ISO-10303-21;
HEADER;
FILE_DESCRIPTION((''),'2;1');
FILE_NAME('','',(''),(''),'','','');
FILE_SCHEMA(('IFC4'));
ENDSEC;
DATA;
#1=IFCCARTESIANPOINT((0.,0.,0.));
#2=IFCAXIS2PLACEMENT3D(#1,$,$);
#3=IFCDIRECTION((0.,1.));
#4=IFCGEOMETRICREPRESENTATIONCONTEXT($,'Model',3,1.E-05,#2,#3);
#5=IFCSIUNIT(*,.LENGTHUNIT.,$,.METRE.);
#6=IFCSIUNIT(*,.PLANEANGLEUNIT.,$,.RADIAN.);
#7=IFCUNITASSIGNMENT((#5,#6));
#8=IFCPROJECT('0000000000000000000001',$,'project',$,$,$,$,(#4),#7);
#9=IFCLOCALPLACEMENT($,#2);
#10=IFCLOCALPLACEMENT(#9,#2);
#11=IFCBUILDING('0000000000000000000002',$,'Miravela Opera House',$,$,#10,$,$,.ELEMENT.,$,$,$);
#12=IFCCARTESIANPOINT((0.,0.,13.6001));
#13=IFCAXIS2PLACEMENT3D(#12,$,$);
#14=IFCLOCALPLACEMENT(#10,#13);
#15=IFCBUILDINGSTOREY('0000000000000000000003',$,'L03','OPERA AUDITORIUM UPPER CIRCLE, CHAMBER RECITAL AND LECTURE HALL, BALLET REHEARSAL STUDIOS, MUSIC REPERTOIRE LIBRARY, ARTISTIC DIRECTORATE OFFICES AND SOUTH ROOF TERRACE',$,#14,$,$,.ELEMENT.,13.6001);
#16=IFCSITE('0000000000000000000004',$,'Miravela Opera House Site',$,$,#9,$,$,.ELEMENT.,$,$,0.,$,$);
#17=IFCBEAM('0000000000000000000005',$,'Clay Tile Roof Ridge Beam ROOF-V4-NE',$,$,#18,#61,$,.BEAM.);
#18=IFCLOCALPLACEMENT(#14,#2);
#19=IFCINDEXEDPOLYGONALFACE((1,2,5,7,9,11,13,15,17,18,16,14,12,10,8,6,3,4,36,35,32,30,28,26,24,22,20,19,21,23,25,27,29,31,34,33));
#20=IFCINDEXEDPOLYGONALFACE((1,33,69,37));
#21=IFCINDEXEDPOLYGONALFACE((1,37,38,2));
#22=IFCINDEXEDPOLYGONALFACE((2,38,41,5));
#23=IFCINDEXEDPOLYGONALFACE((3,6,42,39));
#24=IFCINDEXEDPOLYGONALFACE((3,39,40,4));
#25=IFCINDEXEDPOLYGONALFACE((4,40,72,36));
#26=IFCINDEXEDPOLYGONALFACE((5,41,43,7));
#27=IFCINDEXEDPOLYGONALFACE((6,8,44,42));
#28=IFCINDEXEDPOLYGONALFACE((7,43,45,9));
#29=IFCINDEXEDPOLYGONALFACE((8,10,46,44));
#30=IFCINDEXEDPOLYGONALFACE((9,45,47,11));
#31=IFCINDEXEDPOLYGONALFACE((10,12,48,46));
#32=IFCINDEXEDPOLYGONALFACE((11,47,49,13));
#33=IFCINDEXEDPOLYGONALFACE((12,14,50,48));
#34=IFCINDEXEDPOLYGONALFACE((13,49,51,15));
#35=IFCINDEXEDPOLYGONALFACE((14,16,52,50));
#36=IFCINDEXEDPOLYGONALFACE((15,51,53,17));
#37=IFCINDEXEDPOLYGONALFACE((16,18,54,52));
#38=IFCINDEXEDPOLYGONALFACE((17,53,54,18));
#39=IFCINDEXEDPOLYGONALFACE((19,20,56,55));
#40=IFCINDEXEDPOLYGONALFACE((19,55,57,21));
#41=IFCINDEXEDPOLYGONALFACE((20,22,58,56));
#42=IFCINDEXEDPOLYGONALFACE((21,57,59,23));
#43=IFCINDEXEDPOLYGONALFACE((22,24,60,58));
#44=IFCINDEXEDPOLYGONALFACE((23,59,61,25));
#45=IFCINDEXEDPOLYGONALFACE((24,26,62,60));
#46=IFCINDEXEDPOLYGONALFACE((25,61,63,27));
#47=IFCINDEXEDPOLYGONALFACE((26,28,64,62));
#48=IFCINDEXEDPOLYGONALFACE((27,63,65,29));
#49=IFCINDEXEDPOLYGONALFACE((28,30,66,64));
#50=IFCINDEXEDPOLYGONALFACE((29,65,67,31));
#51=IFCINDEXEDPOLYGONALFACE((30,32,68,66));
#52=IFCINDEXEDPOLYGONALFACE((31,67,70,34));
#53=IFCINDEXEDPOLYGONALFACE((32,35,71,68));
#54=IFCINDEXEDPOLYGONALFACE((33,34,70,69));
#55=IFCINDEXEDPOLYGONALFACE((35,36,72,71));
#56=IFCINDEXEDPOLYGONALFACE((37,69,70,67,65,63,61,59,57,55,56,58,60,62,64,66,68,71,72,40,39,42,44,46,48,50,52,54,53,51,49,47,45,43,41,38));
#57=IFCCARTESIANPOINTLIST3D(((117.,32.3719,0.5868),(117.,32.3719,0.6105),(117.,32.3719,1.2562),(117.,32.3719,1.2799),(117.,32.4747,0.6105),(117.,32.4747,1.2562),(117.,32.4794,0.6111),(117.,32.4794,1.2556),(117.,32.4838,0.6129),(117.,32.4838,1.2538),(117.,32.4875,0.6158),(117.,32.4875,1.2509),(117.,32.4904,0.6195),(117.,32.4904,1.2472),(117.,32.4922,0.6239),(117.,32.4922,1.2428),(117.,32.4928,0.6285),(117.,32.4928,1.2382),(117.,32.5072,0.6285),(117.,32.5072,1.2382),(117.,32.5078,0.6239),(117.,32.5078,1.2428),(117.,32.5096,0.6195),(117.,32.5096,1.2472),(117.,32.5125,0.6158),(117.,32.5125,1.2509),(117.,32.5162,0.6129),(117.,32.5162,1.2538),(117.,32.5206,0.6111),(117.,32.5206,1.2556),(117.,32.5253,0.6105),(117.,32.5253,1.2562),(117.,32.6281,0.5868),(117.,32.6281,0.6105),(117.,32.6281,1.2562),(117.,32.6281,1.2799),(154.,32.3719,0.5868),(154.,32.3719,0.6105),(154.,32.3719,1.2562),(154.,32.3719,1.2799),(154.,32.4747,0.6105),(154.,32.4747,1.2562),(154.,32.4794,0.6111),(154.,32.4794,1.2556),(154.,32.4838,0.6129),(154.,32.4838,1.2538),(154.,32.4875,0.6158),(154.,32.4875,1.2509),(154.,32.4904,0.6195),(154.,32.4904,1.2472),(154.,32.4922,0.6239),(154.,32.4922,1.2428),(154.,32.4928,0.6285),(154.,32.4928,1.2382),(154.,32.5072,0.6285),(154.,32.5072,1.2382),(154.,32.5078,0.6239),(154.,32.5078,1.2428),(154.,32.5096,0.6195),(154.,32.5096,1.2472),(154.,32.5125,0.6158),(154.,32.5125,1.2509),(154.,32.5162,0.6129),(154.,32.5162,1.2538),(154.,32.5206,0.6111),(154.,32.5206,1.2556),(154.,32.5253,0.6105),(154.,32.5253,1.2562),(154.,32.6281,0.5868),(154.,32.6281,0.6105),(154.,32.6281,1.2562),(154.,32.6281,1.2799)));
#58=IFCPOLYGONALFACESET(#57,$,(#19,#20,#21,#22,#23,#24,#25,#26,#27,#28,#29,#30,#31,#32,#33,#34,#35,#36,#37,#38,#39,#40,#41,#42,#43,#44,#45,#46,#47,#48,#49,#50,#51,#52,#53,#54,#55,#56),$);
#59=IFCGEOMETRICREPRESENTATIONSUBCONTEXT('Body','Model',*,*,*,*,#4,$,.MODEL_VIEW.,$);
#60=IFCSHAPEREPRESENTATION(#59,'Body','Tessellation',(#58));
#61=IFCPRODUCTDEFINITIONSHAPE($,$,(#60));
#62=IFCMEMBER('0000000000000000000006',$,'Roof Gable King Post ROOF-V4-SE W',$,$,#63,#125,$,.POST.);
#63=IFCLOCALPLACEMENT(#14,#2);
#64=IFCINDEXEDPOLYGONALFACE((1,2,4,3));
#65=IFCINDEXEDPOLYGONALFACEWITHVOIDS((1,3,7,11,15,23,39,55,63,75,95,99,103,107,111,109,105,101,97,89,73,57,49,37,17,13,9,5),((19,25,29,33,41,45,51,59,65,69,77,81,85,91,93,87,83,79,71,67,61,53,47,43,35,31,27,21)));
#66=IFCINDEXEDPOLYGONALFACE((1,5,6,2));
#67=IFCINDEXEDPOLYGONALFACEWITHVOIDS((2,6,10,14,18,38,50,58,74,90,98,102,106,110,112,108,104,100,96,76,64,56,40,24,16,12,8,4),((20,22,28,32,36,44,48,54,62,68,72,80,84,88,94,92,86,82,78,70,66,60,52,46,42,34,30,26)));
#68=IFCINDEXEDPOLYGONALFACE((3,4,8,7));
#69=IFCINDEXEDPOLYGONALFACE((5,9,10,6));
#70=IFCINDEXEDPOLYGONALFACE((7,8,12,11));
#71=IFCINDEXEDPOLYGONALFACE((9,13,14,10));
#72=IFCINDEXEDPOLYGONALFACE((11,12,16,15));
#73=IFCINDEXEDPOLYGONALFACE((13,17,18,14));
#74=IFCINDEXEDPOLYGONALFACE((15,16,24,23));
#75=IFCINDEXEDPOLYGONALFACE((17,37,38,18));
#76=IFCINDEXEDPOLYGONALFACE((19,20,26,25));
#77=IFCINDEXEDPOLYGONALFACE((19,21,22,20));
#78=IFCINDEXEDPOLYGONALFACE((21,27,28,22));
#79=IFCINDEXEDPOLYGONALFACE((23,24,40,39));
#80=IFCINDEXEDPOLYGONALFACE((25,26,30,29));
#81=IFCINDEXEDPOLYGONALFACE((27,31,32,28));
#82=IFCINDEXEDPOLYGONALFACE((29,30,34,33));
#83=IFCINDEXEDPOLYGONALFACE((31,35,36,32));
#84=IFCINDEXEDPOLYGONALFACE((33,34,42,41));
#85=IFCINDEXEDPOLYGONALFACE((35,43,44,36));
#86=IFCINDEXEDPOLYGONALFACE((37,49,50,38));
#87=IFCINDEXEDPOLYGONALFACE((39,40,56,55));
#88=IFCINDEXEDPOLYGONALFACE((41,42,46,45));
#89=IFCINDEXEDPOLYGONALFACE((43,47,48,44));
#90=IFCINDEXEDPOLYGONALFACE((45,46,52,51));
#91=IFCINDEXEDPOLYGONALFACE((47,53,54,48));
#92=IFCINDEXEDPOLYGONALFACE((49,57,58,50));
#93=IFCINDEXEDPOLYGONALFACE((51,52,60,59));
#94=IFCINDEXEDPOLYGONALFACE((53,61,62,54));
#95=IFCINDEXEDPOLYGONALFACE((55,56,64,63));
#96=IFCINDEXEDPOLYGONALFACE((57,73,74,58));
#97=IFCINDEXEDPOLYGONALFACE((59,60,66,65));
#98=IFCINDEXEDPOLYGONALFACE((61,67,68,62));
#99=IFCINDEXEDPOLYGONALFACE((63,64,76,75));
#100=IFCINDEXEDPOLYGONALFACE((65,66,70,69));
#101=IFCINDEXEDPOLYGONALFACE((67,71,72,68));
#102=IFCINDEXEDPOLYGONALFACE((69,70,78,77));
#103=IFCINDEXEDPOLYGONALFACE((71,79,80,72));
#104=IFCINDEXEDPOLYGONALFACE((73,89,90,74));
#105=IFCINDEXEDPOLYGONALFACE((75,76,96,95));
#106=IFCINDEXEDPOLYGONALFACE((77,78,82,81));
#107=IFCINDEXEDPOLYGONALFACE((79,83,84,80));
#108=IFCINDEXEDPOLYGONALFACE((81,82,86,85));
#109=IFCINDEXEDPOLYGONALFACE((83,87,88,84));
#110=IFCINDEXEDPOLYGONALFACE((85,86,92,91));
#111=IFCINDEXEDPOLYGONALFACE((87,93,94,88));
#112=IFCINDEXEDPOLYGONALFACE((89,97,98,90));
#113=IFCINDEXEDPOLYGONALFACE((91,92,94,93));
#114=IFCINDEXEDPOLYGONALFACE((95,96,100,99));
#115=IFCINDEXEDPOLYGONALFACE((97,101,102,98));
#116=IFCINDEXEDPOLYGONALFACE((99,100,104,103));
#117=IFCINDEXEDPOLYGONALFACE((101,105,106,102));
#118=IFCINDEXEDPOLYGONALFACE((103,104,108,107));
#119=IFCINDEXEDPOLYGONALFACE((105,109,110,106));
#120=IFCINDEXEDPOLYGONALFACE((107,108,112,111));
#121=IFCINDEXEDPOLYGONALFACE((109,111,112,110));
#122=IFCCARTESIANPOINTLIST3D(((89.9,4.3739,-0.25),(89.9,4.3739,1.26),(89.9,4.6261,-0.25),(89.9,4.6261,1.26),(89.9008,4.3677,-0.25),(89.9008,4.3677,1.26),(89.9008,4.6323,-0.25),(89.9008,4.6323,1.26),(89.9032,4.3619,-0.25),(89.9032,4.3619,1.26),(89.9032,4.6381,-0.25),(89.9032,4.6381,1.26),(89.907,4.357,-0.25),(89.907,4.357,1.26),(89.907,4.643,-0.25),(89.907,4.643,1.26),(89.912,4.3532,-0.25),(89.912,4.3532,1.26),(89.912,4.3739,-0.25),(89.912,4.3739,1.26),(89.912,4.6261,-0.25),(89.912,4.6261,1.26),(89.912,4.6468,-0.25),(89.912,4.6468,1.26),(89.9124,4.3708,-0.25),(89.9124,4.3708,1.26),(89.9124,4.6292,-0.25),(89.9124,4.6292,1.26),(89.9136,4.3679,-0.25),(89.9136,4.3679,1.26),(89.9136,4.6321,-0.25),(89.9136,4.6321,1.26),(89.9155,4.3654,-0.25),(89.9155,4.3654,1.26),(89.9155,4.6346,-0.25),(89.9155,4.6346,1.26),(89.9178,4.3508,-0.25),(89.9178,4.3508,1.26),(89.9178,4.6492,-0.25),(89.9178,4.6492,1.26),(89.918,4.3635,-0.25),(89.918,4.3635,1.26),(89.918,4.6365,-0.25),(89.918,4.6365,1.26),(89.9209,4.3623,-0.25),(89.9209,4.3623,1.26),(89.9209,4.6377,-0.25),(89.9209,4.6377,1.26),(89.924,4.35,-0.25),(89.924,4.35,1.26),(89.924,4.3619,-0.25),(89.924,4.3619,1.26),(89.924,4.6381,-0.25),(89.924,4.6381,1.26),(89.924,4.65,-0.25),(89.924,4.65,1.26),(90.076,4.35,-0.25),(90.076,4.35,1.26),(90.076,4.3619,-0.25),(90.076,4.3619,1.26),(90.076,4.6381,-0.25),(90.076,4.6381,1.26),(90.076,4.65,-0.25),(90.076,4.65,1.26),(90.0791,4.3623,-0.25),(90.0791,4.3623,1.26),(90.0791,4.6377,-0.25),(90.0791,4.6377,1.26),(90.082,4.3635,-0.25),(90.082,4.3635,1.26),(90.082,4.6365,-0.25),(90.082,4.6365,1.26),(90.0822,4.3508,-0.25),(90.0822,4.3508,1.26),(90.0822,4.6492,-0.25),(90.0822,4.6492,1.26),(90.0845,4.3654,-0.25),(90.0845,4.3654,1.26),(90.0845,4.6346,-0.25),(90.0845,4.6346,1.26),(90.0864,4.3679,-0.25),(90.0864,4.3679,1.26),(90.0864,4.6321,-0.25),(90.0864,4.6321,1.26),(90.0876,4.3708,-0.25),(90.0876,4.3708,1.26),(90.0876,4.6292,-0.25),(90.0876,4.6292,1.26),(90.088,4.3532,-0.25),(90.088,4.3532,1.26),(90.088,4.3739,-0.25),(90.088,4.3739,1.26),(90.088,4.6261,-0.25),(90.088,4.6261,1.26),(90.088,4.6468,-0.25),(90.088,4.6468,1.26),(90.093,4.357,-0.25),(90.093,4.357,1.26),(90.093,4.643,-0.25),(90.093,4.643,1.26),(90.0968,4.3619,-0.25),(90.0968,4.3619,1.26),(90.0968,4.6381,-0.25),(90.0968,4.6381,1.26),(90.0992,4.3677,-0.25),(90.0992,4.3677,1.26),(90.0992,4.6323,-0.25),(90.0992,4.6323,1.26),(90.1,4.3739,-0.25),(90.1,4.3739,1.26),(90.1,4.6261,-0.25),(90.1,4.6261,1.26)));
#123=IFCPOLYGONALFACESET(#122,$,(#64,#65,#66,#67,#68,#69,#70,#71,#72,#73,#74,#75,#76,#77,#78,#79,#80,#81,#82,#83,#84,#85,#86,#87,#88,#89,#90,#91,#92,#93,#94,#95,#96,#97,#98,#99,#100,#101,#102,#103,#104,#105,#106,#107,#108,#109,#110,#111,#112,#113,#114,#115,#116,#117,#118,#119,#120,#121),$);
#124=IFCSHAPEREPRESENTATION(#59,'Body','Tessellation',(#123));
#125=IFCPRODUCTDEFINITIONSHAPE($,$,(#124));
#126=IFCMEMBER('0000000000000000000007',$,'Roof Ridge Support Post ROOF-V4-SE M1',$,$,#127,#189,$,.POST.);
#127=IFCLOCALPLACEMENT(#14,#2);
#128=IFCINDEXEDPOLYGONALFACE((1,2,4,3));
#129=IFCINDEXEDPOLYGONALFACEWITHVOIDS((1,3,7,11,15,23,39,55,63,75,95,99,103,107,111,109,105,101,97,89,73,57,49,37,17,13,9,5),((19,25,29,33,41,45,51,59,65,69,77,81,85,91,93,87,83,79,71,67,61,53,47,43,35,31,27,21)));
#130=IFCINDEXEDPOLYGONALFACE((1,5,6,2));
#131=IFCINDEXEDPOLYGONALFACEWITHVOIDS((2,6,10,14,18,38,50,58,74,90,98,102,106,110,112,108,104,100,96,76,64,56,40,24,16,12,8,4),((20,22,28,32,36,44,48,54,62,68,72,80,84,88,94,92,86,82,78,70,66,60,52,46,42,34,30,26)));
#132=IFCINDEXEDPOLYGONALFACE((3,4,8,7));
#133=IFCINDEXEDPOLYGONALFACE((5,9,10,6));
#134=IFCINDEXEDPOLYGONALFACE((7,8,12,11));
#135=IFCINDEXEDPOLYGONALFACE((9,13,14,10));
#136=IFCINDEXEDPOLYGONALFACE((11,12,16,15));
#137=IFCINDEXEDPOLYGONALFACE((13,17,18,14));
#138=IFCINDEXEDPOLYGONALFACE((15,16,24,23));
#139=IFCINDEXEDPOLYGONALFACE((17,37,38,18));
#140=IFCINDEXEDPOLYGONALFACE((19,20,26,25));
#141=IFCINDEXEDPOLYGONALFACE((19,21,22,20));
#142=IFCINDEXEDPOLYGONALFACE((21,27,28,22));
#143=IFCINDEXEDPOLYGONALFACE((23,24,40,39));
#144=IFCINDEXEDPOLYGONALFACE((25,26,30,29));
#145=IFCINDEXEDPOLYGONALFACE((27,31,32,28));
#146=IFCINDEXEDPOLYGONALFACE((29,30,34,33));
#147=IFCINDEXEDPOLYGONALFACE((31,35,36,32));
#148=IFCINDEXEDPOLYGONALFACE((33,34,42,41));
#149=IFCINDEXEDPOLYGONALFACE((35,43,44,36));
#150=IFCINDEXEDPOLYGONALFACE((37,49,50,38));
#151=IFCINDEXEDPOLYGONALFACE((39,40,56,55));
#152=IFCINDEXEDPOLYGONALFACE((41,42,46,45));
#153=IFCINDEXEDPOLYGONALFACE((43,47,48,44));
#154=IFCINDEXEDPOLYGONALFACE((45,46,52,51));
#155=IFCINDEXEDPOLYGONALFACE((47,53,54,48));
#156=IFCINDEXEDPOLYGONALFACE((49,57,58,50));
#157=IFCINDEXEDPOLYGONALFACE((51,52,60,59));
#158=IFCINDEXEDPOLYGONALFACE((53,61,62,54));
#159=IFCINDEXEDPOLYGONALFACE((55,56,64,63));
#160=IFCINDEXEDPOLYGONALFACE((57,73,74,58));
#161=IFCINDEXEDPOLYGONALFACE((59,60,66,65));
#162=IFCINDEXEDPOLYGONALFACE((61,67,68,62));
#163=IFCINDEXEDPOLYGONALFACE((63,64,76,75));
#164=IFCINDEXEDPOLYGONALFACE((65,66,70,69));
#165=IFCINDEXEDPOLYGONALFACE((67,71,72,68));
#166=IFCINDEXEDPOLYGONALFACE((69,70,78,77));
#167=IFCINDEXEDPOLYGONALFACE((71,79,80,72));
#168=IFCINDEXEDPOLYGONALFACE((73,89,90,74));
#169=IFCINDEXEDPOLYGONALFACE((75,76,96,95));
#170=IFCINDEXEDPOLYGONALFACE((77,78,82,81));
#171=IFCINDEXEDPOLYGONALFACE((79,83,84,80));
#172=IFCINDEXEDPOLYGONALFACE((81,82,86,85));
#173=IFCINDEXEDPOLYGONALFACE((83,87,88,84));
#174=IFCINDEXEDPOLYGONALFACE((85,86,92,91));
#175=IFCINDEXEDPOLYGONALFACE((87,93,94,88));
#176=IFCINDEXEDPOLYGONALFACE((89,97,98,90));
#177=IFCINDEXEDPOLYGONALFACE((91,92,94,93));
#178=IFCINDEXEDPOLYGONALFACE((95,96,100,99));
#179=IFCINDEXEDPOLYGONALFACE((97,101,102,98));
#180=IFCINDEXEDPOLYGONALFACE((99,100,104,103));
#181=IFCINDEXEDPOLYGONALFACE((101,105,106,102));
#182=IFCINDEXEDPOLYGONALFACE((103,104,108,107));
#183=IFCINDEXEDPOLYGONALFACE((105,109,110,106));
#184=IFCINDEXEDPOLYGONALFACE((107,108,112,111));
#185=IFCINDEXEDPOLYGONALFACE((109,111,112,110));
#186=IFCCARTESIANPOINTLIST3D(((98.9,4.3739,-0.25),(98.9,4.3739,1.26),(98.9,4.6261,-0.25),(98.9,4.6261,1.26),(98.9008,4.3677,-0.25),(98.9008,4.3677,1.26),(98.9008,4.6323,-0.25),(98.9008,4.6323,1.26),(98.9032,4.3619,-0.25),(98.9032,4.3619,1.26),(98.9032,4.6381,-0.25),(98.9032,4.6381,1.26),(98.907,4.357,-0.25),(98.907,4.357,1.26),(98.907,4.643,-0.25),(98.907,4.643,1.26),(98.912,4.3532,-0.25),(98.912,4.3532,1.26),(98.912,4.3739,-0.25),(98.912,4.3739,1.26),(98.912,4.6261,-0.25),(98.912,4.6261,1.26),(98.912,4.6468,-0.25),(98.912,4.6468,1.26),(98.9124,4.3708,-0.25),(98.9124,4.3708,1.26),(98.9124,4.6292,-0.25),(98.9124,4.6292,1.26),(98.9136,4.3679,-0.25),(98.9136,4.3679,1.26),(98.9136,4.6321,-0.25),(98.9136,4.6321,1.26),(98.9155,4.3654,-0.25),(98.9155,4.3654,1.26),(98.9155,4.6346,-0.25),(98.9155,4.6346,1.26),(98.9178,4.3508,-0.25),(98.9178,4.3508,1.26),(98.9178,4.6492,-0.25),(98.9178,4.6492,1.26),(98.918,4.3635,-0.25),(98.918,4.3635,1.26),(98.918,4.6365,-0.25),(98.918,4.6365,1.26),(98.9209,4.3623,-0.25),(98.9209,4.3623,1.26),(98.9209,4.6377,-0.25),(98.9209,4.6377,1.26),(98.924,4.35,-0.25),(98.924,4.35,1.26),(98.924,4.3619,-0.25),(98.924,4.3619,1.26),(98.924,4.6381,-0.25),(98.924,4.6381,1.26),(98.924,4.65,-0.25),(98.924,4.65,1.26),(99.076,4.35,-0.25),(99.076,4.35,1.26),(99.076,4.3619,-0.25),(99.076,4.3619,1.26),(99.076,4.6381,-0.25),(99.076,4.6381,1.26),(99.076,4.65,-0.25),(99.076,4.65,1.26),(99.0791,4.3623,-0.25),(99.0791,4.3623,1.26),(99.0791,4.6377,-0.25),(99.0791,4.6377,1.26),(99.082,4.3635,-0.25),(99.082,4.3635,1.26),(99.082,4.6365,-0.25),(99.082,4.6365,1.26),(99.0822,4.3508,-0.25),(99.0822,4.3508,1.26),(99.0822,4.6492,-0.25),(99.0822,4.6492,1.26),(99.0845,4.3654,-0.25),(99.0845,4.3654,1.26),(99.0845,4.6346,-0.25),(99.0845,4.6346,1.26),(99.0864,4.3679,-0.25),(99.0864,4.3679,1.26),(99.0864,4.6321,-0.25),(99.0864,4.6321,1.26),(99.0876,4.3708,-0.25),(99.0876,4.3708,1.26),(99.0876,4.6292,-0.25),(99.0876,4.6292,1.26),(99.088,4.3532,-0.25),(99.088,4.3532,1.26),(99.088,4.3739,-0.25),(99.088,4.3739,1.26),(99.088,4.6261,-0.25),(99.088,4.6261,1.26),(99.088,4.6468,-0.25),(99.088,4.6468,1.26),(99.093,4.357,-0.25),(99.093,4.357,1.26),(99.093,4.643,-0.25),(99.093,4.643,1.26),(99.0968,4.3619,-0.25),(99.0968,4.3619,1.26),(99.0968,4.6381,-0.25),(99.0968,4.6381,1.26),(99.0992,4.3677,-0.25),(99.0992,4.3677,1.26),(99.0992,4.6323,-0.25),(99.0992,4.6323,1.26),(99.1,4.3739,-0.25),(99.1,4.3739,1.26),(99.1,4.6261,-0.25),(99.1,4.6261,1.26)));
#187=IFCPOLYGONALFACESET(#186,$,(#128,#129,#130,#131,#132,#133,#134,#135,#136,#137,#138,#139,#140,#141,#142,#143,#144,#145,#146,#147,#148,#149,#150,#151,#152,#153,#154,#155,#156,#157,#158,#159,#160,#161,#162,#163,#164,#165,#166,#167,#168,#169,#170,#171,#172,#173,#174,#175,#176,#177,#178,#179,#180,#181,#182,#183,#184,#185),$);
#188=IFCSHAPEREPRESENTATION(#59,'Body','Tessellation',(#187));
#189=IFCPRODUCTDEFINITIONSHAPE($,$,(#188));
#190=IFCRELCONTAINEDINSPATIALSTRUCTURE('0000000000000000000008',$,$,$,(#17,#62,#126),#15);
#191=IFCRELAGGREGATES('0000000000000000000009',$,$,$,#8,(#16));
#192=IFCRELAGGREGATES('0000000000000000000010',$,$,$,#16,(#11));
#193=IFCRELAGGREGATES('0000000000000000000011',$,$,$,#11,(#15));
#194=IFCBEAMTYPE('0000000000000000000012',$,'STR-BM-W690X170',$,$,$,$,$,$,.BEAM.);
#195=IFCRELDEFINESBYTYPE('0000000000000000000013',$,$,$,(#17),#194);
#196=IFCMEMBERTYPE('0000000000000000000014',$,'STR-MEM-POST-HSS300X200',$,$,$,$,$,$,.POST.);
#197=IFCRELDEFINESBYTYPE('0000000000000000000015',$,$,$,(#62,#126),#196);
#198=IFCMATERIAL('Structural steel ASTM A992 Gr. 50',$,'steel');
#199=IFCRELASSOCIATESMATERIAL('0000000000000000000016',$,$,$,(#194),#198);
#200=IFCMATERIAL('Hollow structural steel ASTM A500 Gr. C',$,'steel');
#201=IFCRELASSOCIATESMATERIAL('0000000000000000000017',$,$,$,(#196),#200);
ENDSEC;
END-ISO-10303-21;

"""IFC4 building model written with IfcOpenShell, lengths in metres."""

from ifc_helpers import new_model, si_unit, direction, frame, origin, origin_2d, place, context, subcontext, project, spatial, hollow_rectangle, i_section, extrude, material, material_profile, profile_set, type_object, element, save


model = new_model("IFC4")

# Units and contexts
model_context = context("Model", 3, precision=1e-05, world=origin(), true_north=direction((0.0, 1.0)))
body_context = subcontext(model_context, "Body", "Model", "MODEL_VIEW")
ifc_project = project(units=[si_unit("LENGTHUNIT", "METRE"), si_unit("PLANEANGLEUNIT", "RADIAN")], contexts=[model_context])

# Site, building, storey
site_placement = place(None, origin())
site = spatial("IfcSite", under=ifc_project, at=site_placement, Name="Miravela Opera House Site", CompositionType="ELEMENT", RefElevation=0.0)
building_placement = place(site_placement, origin())
building = spatial("IfcBuilding", under=site, at=building_placement, Name="Miravela Opera House", CompositionType="ELEMENT")
storey_placement = place(building_placement, frame((0.0, 0.0, 13.6001)))
storey = spatial("IfcBuildingStorey", under=building, at=storey_placement, Name="L03", Description="OPERA AUDITORIUM UPPER CIRCLE, CHAMBER RECITAL AND LECTURE HALL, BALLET REHEARSAL STUDIOS, MUSIC REPERTOIRE LIBRARY, ARTISTIC DIRECTORATE OFFICES AND SOUTH ROOF TERRACE", CompositionType="ELEMENT", Elevation=13.6001)

# Beam
ifc_material_1 = material(Name="Structural steel ASTM A992 Gr. 50", Category="steel")
ifc_material_profile_1 = material_profile(ifc_material_1, i_section(OverallWidth=0.2561, OverallDepth=0.6931, WebThickness=0.0144, FlangeThickness=0.0237, FilletRadius=0.0181, at=origin_2d()), Name="W690X170")
ifc_profile_set_1 = profile_set([ifc_material_profile_1])
beam_type_1 = type_object("IfcBeamType", Name="STR-BM-W690X170", PredefinedType="BEAM", material=ifc_profile_set_1)
beam_1_placement = place(storey_placement, frame((117.0, 32.5, 0.9333), z_axis=(1.0, 0.0, 0.0), x_axis=(0.0, 1.0, 0.0)))
element("IfcBeam", 1, at=beam_1_placement, inside=storey, type_object=beam_type_1, Name="Clay Tile Roof Ridge Beam ROOF-V4-NE", PredefinedType="BEAM", context=body_context, shape_type="SweptSolid", body=[
    extrude(i_section(OverallWidth=0.2561, OverallDepth=0.6931, WebThickness=0.0144, FlangeThickness=0.0237, FilletRadius=0.0181, at=origin_2d()), origin(), (0.0, 0.0, 1.0), 37.0),
])

# Members
ifc_material_2 = material(Name="Hollow structural steel ASTM A500 Gr. C", Category="steel")
ifc_material_profile_2 = material_profile(ifc_material_2, hollow_rectangle(XDim=0.2, YDim=0.3, WallThickness=0.012, InnerFilletRadius=0.012, OuterFilletRadius=0.0239, at=origin_2d()), Name="HSS300X200X12")
ifc_profile_set_2 = profile_set([ifc_material_profile_2])
member_type_1 = type_object("IfcMemberType", Name="STR-MEM-POST-HSS300X200", PredefinedType="POST", material=ifc_profile_set_2)
for number, where, z_axis, x_axis, name in (
    (2, (90.0, 4.5, -0.25), (0.0, 0.0, 1.0), (1.0, 0.0, 0.0), "Roof Gable King Post ROOF-V4-SE W"),
    (3, (99.0, 4.5, -0.25), (0.0, 0.0, 1.0), (1.0, 0.0, 0.0), "Roof Ridge Support Post ROOF-V4-SE M1"),
):
    element("IfcMember", number, at=place(storey_placement, frame(where, z_axis=z_axis, x_axis=x_axis)), inside=storey, type_object=member_type_1, Name=name, PredefinedType="POST", context=body_context, shape_type="SweptSolid", body=[
        extrude(hollow_rectangle(XDim=0.2, YDim=0.3, WallThickness=0.012, InnerFilletRadius=0.012, OuterFilletRadius=0.0239, at=origin_2d()), origin(), (0.0, 0.0, 1.0), 1.51),
    ])

save(model, "model.ifc")
